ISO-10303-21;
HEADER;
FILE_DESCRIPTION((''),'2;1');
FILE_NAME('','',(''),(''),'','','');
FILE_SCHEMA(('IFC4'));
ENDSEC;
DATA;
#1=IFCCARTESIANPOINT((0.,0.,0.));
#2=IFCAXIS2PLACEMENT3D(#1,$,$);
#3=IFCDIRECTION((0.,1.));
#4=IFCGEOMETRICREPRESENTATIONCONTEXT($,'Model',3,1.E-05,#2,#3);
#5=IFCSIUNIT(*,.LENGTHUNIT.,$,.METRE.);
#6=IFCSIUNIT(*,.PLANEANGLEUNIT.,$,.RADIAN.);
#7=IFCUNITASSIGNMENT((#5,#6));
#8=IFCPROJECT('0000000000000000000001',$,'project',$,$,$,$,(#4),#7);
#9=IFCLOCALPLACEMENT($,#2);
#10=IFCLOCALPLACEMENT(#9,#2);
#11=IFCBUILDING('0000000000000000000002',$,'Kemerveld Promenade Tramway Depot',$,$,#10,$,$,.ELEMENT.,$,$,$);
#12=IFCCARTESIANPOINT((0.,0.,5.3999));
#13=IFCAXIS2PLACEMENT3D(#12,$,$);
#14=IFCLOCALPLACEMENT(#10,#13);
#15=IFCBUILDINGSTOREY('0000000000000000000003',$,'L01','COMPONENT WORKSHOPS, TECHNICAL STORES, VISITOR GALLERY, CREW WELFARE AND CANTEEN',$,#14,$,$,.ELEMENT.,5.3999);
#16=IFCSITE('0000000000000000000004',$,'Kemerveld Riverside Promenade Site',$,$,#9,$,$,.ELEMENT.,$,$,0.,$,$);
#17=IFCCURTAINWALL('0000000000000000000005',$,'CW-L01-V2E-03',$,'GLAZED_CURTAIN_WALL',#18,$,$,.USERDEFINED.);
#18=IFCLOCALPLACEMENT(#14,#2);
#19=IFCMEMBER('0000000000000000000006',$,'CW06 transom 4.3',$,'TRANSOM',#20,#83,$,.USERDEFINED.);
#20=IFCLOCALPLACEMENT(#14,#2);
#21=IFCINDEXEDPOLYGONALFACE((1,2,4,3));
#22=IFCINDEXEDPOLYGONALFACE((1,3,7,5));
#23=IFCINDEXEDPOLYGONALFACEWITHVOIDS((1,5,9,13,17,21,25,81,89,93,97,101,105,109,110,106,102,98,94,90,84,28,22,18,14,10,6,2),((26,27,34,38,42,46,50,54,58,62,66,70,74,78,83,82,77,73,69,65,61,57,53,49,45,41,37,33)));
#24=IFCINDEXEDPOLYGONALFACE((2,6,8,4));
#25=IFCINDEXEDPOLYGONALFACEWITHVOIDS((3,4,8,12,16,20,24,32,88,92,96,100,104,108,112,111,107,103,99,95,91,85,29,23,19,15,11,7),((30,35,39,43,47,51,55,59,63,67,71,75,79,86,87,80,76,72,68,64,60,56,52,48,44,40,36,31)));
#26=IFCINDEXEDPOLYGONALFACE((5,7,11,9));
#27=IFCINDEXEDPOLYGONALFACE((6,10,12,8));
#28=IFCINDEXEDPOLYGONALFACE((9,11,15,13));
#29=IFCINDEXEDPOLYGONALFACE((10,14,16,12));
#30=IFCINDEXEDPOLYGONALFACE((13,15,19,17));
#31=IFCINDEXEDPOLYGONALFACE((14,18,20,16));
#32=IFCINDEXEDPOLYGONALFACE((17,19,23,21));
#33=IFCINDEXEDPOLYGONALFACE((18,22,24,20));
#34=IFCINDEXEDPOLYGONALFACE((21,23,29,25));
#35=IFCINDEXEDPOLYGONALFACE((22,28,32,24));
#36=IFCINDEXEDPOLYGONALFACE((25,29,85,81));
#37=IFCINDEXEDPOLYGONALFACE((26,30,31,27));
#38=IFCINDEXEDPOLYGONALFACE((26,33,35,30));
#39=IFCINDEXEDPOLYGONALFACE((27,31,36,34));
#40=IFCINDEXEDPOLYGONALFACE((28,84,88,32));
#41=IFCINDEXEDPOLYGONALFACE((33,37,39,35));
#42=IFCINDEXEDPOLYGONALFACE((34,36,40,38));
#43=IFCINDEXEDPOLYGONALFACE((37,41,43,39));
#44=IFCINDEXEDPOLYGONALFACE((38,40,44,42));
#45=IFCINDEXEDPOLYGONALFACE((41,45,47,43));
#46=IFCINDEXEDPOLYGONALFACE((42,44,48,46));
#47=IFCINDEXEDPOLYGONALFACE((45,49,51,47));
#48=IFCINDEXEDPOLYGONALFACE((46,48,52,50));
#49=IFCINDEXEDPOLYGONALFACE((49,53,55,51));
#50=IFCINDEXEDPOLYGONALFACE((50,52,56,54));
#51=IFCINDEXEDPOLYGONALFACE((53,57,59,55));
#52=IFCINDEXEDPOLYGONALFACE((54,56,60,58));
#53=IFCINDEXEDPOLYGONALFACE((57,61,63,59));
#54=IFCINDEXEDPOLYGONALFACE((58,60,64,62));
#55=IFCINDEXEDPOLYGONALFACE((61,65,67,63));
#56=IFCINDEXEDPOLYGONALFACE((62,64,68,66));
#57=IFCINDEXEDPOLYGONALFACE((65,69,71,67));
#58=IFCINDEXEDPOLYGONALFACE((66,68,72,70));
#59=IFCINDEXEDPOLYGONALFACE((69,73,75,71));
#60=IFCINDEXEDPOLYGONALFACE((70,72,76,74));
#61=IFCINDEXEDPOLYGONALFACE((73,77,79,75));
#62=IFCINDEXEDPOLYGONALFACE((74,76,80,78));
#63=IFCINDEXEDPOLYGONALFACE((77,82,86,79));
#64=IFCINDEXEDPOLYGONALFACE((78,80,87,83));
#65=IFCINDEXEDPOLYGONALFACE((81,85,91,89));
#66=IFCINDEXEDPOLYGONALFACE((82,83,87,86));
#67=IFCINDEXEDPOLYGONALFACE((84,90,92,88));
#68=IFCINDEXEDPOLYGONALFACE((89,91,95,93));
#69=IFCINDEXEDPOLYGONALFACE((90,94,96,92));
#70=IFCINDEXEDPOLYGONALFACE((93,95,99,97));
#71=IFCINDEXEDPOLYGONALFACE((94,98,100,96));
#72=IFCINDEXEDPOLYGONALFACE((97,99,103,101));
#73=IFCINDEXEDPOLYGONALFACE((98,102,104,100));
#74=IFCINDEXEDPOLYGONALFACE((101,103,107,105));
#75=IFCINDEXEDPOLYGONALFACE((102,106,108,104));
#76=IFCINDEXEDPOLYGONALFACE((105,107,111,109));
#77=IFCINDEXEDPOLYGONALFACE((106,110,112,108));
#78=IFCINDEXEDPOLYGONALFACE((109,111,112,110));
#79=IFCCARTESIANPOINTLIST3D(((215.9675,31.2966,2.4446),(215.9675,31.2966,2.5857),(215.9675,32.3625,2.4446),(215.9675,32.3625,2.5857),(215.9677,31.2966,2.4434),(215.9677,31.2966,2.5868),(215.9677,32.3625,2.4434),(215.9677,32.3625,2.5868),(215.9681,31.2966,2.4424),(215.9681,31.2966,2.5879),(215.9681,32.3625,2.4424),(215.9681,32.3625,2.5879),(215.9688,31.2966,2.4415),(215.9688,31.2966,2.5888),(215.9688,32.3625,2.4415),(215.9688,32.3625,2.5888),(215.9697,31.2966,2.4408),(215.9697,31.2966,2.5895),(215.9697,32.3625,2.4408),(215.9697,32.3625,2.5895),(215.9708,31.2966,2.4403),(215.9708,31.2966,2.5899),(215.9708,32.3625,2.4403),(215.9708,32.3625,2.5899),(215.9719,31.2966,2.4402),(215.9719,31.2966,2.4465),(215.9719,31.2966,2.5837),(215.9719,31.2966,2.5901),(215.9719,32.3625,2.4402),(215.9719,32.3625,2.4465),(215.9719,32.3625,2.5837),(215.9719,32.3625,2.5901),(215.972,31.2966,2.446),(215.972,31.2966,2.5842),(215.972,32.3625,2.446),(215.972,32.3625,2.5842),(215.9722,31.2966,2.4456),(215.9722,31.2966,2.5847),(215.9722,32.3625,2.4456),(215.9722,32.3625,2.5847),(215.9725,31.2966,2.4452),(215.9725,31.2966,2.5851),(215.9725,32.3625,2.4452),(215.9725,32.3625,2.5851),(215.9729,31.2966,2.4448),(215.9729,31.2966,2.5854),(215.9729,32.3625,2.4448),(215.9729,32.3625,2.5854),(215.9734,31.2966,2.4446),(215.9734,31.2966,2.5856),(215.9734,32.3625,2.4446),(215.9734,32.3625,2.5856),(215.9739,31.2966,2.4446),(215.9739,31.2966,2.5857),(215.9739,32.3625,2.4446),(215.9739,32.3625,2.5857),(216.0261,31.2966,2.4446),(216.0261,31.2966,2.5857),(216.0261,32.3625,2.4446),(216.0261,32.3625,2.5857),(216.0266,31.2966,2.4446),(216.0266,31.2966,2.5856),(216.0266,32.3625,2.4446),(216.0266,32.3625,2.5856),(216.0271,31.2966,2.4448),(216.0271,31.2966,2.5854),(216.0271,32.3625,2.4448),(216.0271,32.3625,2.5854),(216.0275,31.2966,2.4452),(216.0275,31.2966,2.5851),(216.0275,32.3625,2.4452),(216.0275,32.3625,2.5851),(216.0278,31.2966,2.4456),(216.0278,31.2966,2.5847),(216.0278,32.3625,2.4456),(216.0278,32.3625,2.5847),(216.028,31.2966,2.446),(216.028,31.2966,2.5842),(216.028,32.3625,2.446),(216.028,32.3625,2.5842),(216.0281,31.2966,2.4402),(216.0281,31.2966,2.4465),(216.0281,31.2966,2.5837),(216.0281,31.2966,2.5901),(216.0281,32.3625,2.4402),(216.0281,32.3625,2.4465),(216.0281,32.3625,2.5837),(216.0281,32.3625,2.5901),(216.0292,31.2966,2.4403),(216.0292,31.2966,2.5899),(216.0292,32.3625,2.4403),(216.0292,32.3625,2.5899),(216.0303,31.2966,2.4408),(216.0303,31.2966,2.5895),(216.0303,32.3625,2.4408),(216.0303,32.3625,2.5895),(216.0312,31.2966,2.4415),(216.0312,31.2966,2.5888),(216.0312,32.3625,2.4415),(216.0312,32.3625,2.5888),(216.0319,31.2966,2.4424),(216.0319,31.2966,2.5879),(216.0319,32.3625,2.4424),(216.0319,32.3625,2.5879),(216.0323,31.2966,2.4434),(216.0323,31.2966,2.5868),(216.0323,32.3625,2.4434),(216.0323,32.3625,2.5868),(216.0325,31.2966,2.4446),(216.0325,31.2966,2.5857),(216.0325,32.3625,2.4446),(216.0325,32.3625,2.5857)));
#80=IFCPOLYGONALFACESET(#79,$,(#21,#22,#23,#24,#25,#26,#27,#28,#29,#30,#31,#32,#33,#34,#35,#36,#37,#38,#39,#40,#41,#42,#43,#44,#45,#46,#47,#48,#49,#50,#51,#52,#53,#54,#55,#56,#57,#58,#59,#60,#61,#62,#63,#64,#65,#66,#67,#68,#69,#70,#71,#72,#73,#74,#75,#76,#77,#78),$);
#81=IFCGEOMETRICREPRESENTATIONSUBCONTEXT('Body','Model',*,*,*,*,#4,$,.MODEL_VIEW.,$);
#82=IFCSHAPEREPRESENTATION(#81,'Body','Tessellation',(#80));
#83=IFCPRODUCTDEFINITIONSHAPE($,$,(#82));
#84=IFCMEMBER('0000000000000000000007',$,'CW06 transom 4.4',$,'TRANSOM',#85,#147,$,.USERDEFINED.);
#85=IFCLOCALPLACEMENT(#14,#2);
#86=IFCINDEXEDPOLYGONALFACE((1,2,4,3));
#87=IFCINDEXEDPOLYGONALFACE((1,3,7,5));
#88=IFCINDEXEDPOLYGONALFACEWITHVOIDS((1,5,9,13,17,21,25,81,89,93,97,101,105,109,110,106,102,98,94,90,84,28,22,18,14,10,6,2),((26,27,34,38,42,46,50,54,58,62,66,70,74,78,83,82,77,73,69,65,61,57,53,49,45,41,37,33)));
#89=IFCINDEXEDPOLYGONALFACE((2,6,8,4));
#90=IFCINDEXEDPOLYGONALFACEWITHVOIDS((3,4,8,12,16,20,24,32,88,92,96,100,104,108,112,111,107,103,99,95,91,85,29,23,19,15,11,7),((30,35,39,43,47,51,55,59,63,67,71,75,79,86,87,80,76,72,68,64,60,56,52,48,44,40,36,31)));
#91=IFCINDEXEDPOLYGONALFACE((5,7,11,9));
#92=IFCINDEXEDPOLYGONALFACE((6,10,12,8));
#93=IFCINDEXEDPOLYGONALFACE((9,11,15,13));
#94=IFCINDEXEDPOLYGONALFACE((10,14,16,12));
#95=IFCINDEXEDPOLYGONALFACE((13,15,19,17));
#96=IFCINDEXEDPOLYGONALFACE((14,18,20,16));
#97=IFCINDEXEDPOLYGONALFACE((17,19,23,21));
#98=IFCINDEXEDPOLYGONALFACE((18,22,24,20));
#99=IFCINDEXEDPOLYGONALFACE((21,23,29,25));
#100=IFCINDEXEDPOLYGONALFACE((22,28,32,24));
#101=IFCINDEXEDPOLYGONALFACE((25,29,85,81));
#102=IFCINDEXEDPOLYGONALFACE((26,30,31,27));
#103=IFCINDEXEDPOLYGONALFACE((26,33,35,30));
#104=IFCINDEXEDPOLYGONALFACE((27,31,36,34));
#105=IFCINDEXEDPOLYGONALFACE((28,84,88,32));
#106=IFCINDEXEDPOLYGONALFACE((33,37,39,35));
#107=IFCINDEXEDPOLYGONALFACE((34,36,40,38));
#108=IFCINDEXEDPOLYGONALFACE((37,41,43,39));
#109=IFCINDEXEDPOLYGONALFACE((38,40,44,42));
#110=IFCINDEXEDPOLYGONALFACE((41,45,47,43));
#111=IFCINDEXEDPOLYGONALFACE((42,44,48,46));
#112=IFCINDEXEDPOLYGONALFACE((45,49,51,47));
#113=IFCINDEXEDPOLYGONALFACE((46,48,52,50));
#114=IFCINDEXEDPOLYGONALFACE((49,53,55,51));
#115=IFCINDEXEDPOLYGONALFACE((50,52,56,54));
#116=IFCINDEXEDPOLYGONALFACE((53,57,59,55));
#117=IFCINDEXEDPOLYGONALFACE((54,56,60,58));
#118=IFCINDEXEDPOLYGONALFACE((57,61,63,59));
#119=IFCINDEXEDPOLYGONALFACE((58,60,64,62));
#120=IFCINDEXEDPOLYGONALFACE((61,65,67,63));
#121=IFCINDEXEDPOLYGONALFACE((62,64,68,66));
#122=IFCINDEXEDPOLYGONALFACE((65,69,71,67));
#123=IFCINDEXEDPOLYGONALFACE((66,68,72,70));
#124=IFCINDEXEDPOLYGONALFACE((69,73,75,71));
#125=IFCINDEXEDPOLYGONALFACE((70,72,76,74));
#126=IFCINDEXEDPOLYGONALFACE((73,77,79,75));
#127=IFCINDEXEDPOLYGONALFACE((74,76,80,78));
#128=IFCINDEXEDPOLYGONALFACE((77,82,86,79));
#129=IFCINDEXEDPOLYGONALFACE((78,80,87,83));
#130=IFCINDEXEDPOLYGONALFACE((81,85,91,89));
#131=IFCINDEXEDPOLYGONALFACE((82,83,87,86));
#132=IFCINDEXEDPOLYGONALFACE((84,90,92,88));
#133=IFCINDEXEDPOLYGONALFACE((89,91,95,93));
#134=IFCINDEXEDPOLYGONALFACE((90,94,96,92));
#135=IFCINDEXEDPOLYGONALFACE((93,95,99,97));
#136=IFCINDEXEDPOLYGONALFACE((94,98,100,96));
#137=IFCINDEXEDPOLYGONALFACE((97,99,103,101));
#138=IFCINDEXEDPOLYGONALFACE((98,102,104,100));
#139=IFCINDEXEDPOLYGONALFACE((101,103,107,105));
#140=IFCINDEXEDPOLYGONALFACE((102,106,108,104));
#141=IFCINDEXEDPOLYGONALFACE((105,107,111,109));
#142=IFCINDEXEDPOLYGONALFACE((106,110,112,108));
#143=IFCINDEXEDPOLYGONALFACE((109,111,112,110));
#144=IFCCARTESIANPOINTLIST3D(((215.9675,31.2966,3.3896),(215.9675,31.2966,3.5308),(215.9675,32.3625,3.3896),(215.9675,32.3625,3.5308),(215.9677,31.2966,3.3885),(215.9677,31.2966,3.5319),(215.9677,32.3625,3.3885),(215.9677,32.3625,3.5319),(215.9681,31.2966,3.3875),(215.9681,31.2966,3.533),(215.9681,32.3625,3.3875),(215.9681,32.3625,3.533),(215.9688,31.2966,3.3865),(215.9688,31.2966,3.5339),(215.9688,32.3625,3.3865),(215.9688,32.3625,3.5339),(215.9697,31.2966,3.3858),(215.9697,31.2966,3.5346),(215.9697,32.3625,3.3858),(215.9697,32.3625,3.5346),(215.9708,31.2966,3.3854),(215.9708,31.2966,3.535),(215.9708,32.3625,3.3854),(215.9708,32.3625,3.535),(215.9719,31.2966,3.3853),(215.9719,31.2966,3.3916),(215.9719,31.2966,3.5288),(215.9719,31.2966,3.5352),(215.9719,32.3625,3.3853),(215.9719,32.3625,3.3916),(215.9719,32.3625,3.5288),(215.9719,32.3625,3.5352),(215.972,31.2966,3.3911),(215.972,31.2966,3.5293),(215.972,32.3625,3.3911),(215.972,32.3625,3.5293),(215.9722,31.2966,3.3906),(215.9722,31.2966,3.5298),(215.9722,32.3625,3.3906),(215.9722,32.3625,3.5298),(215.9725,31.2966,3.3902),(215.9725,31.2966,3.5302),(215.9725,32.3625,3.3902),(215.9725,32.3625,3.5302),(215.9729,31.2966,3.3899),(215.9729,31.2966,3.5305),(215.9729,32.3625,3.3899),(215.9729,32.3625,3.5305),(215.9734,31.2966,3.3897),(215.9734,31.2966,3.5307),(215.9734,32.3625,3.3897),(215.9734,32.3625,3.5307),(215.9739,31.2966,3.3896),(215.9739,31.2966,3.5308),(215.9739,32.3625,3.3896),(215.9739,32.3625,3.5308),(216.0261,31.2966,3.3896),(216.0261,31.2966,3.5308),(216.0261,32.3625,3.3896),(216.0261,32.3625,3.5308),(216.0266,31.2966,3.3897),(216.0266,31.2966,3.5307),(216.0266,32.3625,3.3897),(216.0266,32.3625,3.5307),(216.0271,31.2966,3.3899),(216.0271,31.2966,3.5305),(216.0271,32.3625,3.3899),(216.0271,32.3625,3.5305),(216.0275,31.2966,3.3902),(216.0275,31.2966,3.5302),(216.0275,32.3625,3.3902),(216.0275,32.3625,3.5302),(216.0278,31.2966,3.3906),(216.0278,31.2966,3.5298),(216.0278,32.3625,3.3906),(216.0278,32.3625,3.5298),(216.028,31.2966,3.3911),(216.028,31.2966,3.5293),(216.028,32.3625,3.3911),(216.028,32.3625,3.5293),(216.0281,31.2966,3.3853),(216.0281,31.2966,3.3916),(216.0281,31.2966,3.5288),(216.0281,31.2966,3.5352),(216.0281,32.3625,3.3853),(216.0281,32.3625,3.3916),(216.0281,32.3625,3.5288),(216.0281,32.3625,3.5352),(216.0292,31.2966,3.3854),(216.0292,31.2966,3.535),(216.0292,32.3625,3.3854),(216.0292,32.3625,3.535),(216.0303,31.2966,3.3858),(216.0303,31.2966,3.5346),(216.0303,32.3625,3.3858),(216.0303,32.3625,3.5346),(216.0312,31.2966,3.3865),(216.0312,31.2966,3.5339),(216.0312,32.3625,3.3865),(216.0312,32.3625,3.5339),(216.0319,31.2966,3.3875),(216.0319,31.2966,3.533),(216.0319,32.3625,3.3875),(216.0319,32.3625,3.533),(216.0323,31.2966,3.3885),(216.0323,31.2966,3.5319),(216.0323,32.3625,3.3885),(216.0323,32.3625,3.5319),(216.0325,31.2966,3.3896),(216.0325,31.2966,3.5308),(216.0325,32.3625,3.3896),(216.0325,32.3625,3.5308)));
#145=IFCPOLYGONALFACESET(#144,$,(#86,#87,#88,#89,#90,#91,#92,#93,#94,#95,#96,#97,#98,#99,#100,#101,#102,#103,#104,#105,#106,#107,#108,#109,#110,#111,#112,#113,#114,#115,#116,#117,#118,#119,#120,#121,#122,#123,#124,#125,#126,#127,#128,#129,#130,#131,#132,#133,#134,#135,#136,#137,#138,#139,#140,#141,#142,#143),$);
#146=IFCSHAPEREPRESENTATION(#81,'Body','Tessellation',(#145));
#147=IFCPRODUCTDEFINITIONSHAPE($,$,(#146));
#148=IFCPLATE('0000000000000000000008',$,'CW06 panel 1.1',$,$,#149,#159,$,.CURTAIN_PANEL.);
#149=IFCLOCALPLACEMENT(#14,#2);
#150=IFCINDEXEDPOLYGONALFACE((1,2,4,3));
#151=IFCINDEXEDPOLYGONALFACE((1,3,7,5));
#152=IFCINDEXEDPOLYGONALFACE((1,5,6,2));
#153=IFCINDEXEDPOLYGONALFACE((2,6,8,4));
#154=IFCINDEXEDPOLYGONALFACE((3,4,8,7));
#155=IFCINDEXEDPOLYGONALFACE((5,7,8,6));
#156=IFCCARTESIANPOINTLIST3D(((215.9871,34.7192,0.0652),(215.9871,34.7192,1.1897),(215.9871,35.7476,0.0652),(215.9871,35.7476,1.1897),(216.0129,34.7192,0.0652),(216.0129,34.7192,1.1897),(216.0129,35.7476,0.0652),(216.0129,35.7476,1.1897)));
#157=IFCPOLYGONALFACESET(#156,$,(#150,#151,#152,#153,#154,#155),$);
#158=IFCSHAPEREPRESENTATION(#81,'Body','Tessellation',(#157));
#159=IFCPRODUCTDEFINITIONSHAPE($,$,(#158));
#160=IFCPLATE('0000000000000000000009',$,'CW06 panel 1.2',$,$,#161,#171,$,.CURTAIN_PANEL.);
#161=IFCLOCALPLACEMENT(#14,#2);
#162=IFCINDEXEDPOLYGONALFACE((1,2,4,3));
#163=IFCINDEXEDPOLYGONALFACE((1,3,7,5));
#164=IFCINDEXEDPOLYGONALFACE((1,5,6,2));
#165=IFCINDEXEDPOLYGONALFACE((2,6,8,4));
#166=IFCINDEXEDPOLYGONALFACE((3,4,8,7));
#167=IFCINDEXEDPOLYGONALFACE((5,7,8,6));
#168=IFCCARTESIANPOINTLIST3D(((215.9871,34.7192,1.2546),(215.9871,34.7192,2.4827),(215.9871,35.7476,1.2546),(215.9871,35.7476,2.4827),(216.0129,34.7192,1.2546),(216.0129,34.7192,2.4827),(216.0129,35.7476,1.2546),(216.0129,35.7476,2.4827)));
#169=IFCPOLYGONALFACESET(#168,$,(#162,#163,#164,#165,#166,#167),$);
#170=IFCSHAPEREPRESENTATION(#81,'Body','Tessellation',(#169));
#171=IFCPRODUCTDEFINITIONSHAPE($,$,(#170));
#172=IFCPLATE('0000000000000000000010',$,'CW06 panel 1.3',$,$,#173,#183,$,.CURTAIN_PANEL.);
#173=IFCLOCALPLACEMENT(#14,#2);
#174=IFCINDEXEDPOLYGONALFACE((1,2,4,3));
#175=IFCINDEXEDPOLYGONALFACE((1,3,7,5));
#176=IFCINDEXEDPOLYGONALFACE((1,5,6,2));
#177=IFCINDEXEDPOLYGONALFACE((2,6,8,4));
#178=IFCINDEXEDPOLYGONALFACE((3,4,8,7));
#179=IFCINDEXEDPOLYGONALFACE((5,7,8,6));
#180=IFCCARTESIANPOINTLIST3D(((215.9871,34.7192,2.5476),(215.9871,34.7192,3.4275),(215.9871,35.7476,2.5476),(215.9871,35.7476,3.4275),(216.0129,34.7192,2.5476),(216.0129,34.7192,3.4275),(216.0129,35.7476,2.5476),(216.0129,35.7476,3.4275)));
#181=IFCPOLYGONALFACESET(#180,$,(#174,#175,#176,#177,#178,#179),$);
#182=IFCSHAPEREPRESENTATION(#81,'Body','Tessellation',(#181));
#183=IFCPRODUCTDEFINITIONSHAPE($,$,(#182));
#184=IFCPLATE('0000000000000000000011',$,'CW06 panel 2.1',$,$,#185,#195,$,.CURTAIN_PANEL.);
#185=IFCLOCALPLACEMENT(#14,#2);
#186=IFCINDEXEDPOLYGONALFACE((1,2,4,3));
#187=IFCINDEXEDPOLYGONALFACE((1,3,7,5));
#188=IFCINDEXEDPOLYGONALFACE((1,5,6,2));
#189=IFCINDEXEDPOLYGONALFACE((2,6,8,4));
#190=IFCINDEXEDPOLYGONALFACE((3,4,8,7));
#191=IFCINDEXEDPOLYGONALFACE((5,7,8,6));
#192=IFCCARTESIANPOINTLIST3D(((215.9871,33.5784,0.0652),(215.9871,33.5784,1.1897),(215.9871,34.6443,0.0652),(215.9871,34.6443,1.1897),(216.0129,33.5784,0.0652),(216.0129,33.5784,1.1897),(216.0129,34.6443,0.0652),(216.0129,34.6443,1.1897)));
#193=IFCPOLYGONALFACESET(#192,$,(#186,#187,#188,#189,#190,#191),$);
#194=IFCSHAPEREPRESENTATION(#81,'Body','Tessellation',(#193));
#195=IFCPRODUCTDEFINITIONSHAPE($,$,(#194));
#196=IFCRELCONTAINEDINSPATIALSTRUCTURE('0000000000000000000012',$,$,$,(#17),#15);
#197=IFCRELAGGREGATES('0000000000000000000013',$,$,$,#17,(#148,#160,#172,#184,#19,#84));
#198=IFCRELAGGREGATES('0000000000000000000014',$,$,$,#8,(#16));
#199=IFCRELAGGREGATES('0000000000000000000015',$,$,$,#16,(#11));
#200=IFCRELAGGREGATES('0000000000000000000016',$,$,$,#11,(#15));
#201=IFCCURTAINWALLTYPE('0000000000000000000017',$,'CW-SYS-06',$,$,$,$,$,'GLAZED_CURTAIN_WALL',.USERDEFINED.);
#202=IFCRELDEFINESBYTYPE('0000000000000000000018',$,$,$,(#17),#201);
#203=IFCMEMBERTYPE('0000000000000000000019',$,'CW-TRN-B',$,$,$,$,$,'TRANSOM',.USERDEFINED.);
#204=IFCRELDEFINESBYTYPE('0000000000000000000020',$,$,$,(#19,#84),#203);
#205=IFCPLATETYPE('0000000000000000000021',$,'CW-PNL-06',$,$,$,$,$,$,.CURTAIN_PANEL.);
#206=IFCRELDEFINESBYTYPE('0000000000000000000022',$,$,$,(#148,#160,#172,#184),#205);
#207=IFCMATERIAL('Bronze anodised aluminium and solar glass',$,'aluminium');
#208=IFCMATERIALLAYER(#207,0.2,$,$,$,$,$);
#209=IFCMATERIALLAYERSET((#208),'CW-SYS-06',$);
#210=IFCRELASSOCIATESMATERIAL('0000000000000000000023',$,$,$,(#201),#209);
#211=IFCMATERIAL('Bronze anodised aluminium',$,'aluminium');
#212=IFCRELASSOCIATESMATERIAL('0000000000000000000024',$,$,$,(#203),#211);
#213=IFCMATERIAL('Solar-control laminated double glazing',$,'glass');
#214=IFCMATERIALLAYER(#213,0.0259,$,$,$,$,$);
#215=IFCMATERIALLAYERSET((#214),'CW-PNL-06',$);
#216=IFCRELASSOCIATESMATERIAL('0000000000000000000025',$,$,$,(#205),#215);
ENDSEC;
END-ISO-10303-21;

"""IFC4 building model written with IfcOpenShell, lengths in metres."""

from ifc_helpers import new_model, si_unit, direction, frame, origin, origin_2d, place, context, subcontext, project, spatial, rectangle, hollow_rectangle, extrude, material, layer, layer_set, material_profile, profile_set, type_object, element, aggregate, save


model = new_model("IFC4")

# Units and contexts
model_context = context("Model", 3, precision=1e-05, world=origin(), true_north=direction((0.0, 1.0)))
body_context = subcontext(model_context, "Body", "Model", "MODEL_VIEW")
ifc_project = project(units=[si_unit("LENGTHUNIT", "METRE"), si_unit("PLANEANGLEUNIT", "RADIAN")], contexts=[model_context])

# Site, building, storey
site_placement = place(None, origin())
site = spatial("IfcSite", under=ifc_project, at=site_placement, Name="Kemerveld Riverside Promenade Site", CompositionType="ELEMENT", RefElevation=0.0)
building_placement = place(site_placement, origin())
building = spatial("IfcBuilding", under=site, at=building_placement, Name="Kemerveld Promenade Tramway Depot", CompositionType="ELEMENT")
storey_placement = place(building_placement, frame((0.0, 0.0, 5.3999)))
storey = spatial("IfcBuildingStorey", under=building, at=storey_placement, Name="L01", Description="COMPONENT WORKSHOPS, TECHNICAL STORES, VISITOR GALLERY, CREW WELFARE AND CANTEEN", CompositionType="ELEMENT", Elevation=5.3999)

# Curtain wall, members, plates
ifc_material_1 = material(Name="Bronze anodised aluminium and solar glass", Category="aluminium")
ifc_layer_1 = layer(ifc_material_1, 0.2)
ifc_layer_set_1 = layer_set([ifc_layer_1], Name="CW-SYS-06")
curtain_wall_type = type_object("IfcCurtainWallType", Name="CW-SYS-06", ElementType="GLAZED_CURTAIN_WALL", PredefinedType="USERDEFINED", material=ifc_layer_set_1)
curtain_wall_placement = place(storey_placement, origin())
curtain_wall = element("IfcCurtainWall", 1, at=curtain_wall_placement, inside=storey, type_object=curtain_wall_type, Name="CW-L01-V2E-03", ObjectType="GLAZED_CURTAIN_WALL", PredefinedType="USERDEFINED")
ifc_material_2 = material(Name="Bronze anodised aluminium", Category="aluminium")
ifc_material_profile_1 = material_profile(ifc_material_2, hollow_rectangle(XDim=0.0649, YDim=0.1499, WallThickness=0.0044, InnerFilletRadius=0.002, OuterFilletRadius=0.0044, at=origin_2d()), Name="CW-TRN-150x65")
ifc_profile_set_1 = profile_set([ifc_material_profile_1], Name="Bronze anodised aluminium")
member_type_1 = type_object("IfcMemberType", Name="CW-TRN-B", ElementType="TRANSOM", PredefinedType="USERDEFINED", material=ifc_profile_set_1)
member_1_placement = place(storey_placement, frame((216.0, 32.3625, 2.5151), z_axis=(0.0, -1.0, 0.0), x_axis=(1.0, 0.0, 0.0)))
member_1 = element("IfcMember", 2, at=member_1_placement, type_object=member_type_1, Name="CW06 transom 4.3", ObjectType="TRANSOM", PredefinedType="USERDEFINED", context=body_context, shape_type="SweptSolid", body=[
    extrude(hollow_rectangle(XDim=0.0649, YDim=0.1499, WallThickness=0.0044, InnerFilletRadius=0.002, OuterFilletRadius=0.0044, at=origin_2d()), origin(), (0.0, 0.0, 1.0), 1.0659),
])
member_2_placement = place(storey_placement, frame((216.0, 32.3625, 3.4602), z_axis=(0.0, -1.0, 0.0), x_axis=(1.0, 0.0, 0.0)))
member_2 = element("IfcMember", 3, at=member_2_placement, type_object=member_type_1, Name="CW06 transom 4.4", ObjectType="TRANSOM", PredefinedType="USERDEFINED", context=body_context, shape_type="SweptSolid", body=[
    extrude(hollow_rectangle(XDim=0.0649, YDim=0.1499, WallThickness=0.0044, InnerFilletRadius=0.002, OuterFilletRadius=0.0044, at=origin_2d()), origin(), (0.0, 0.0, 1.0), 1.0659),
])
ifc_material_3 = material(Name="Solar-control laminated double glazing", Category="glass")
ifc_layer_2 = layer(ifc_material_3, 0.0259)
ifc_layer_set_2 = layer_set([ifc_layer_2], Name="CW-PNL-06")
plate_type = type_object("IfcPlateType", Name="CW-PNL-06", PredefinedType="CURTAIN_PANEL", material=ifc_layer_set_2)
plate_1_placement = place(storey_placement, frame((216.0, 35.2334, 0.0652), z_axis=(0.0, 0.0, 1.0), x_axis=(0.0, -1.0, 0.0)))
plate_1 = element("IfcPlate", 4, at=plate_1_placement, type_object=plate_type, Name="CW06 panel 1.1", PredefinedType="CURTAIN_PANEL", context=body_context, shape_type="SweptSolid", body=[
    extrude(rectangle(XDim=1.0283, YDim=0.0259, at=origin_2d()), origin(), (0.0, 0.0, 1.0), 1.1245),
])
plate_2_placement = place(storey_placement, frame((216.0, 35.2334, 1.2546), z_axis=(0.0, 0.0, 1.0), x_axis=(0.0, -1.0, 0.0)))
plate_2 = element("IfcPlate", 5, at=plate_2_placement, type_object=plate_type, Name="CW06 panel 1.2", PredefinedType="CURTAIN_PANEL", context=body_context, shape_type="SweptSolid", body=[
    extrude(rectangle(XDim=1.0283, YDim=0.0259, at=origin_2d()), origin(), (0.0, 0.0, 1.0), 1.228),
])
plate_3_placement = place(storey_placement, frame((216.0, 35.2334, 2.5476), z_axis=(0.0, 0.0, 1.0), x_axis=(0.0, -1.0, 0.0)))
plate_3 = element("IfcPlate", 6, at=plate_3_placement, type_object=plate_type, Name="CW06 panel 1.3", PredefinedType="CURTAIN_PANEL", context=body_context, shape_type="SweptSolid", body=[
    extrude(rectangle(XDim=1.0283, YDim=0.0259, at=origin_2d()), origin(), (0.0, 0.0, 1.0), 0.8799),
])
plate_4_placement = place(storey_placement, frame((216.0, 34.1113, 0.0652), z_axis=(0.0, 0.0, 1.0), x_axis=(0.0, -1.0, 0.0)))
plate_4 = element("IfcPlate", 7, at=plate_4_placement, type_object=plate_type, Name="CW06 panel 2.1", PredefinedType="CURTAIN_PANEL", context=body_context, shape_type="SweptSolid", body=[
    extrude(rectangle(XDim=1.0659, YDim=0.0259, at=origin_2d()), origin(), (0.0, 0.0, 1.0), 1.1245),
])
aggregate(curtain_wall, [plate_1, plate_2, plate_3, plate_4, member_1, member_2])

save(model, "model.ifc")
